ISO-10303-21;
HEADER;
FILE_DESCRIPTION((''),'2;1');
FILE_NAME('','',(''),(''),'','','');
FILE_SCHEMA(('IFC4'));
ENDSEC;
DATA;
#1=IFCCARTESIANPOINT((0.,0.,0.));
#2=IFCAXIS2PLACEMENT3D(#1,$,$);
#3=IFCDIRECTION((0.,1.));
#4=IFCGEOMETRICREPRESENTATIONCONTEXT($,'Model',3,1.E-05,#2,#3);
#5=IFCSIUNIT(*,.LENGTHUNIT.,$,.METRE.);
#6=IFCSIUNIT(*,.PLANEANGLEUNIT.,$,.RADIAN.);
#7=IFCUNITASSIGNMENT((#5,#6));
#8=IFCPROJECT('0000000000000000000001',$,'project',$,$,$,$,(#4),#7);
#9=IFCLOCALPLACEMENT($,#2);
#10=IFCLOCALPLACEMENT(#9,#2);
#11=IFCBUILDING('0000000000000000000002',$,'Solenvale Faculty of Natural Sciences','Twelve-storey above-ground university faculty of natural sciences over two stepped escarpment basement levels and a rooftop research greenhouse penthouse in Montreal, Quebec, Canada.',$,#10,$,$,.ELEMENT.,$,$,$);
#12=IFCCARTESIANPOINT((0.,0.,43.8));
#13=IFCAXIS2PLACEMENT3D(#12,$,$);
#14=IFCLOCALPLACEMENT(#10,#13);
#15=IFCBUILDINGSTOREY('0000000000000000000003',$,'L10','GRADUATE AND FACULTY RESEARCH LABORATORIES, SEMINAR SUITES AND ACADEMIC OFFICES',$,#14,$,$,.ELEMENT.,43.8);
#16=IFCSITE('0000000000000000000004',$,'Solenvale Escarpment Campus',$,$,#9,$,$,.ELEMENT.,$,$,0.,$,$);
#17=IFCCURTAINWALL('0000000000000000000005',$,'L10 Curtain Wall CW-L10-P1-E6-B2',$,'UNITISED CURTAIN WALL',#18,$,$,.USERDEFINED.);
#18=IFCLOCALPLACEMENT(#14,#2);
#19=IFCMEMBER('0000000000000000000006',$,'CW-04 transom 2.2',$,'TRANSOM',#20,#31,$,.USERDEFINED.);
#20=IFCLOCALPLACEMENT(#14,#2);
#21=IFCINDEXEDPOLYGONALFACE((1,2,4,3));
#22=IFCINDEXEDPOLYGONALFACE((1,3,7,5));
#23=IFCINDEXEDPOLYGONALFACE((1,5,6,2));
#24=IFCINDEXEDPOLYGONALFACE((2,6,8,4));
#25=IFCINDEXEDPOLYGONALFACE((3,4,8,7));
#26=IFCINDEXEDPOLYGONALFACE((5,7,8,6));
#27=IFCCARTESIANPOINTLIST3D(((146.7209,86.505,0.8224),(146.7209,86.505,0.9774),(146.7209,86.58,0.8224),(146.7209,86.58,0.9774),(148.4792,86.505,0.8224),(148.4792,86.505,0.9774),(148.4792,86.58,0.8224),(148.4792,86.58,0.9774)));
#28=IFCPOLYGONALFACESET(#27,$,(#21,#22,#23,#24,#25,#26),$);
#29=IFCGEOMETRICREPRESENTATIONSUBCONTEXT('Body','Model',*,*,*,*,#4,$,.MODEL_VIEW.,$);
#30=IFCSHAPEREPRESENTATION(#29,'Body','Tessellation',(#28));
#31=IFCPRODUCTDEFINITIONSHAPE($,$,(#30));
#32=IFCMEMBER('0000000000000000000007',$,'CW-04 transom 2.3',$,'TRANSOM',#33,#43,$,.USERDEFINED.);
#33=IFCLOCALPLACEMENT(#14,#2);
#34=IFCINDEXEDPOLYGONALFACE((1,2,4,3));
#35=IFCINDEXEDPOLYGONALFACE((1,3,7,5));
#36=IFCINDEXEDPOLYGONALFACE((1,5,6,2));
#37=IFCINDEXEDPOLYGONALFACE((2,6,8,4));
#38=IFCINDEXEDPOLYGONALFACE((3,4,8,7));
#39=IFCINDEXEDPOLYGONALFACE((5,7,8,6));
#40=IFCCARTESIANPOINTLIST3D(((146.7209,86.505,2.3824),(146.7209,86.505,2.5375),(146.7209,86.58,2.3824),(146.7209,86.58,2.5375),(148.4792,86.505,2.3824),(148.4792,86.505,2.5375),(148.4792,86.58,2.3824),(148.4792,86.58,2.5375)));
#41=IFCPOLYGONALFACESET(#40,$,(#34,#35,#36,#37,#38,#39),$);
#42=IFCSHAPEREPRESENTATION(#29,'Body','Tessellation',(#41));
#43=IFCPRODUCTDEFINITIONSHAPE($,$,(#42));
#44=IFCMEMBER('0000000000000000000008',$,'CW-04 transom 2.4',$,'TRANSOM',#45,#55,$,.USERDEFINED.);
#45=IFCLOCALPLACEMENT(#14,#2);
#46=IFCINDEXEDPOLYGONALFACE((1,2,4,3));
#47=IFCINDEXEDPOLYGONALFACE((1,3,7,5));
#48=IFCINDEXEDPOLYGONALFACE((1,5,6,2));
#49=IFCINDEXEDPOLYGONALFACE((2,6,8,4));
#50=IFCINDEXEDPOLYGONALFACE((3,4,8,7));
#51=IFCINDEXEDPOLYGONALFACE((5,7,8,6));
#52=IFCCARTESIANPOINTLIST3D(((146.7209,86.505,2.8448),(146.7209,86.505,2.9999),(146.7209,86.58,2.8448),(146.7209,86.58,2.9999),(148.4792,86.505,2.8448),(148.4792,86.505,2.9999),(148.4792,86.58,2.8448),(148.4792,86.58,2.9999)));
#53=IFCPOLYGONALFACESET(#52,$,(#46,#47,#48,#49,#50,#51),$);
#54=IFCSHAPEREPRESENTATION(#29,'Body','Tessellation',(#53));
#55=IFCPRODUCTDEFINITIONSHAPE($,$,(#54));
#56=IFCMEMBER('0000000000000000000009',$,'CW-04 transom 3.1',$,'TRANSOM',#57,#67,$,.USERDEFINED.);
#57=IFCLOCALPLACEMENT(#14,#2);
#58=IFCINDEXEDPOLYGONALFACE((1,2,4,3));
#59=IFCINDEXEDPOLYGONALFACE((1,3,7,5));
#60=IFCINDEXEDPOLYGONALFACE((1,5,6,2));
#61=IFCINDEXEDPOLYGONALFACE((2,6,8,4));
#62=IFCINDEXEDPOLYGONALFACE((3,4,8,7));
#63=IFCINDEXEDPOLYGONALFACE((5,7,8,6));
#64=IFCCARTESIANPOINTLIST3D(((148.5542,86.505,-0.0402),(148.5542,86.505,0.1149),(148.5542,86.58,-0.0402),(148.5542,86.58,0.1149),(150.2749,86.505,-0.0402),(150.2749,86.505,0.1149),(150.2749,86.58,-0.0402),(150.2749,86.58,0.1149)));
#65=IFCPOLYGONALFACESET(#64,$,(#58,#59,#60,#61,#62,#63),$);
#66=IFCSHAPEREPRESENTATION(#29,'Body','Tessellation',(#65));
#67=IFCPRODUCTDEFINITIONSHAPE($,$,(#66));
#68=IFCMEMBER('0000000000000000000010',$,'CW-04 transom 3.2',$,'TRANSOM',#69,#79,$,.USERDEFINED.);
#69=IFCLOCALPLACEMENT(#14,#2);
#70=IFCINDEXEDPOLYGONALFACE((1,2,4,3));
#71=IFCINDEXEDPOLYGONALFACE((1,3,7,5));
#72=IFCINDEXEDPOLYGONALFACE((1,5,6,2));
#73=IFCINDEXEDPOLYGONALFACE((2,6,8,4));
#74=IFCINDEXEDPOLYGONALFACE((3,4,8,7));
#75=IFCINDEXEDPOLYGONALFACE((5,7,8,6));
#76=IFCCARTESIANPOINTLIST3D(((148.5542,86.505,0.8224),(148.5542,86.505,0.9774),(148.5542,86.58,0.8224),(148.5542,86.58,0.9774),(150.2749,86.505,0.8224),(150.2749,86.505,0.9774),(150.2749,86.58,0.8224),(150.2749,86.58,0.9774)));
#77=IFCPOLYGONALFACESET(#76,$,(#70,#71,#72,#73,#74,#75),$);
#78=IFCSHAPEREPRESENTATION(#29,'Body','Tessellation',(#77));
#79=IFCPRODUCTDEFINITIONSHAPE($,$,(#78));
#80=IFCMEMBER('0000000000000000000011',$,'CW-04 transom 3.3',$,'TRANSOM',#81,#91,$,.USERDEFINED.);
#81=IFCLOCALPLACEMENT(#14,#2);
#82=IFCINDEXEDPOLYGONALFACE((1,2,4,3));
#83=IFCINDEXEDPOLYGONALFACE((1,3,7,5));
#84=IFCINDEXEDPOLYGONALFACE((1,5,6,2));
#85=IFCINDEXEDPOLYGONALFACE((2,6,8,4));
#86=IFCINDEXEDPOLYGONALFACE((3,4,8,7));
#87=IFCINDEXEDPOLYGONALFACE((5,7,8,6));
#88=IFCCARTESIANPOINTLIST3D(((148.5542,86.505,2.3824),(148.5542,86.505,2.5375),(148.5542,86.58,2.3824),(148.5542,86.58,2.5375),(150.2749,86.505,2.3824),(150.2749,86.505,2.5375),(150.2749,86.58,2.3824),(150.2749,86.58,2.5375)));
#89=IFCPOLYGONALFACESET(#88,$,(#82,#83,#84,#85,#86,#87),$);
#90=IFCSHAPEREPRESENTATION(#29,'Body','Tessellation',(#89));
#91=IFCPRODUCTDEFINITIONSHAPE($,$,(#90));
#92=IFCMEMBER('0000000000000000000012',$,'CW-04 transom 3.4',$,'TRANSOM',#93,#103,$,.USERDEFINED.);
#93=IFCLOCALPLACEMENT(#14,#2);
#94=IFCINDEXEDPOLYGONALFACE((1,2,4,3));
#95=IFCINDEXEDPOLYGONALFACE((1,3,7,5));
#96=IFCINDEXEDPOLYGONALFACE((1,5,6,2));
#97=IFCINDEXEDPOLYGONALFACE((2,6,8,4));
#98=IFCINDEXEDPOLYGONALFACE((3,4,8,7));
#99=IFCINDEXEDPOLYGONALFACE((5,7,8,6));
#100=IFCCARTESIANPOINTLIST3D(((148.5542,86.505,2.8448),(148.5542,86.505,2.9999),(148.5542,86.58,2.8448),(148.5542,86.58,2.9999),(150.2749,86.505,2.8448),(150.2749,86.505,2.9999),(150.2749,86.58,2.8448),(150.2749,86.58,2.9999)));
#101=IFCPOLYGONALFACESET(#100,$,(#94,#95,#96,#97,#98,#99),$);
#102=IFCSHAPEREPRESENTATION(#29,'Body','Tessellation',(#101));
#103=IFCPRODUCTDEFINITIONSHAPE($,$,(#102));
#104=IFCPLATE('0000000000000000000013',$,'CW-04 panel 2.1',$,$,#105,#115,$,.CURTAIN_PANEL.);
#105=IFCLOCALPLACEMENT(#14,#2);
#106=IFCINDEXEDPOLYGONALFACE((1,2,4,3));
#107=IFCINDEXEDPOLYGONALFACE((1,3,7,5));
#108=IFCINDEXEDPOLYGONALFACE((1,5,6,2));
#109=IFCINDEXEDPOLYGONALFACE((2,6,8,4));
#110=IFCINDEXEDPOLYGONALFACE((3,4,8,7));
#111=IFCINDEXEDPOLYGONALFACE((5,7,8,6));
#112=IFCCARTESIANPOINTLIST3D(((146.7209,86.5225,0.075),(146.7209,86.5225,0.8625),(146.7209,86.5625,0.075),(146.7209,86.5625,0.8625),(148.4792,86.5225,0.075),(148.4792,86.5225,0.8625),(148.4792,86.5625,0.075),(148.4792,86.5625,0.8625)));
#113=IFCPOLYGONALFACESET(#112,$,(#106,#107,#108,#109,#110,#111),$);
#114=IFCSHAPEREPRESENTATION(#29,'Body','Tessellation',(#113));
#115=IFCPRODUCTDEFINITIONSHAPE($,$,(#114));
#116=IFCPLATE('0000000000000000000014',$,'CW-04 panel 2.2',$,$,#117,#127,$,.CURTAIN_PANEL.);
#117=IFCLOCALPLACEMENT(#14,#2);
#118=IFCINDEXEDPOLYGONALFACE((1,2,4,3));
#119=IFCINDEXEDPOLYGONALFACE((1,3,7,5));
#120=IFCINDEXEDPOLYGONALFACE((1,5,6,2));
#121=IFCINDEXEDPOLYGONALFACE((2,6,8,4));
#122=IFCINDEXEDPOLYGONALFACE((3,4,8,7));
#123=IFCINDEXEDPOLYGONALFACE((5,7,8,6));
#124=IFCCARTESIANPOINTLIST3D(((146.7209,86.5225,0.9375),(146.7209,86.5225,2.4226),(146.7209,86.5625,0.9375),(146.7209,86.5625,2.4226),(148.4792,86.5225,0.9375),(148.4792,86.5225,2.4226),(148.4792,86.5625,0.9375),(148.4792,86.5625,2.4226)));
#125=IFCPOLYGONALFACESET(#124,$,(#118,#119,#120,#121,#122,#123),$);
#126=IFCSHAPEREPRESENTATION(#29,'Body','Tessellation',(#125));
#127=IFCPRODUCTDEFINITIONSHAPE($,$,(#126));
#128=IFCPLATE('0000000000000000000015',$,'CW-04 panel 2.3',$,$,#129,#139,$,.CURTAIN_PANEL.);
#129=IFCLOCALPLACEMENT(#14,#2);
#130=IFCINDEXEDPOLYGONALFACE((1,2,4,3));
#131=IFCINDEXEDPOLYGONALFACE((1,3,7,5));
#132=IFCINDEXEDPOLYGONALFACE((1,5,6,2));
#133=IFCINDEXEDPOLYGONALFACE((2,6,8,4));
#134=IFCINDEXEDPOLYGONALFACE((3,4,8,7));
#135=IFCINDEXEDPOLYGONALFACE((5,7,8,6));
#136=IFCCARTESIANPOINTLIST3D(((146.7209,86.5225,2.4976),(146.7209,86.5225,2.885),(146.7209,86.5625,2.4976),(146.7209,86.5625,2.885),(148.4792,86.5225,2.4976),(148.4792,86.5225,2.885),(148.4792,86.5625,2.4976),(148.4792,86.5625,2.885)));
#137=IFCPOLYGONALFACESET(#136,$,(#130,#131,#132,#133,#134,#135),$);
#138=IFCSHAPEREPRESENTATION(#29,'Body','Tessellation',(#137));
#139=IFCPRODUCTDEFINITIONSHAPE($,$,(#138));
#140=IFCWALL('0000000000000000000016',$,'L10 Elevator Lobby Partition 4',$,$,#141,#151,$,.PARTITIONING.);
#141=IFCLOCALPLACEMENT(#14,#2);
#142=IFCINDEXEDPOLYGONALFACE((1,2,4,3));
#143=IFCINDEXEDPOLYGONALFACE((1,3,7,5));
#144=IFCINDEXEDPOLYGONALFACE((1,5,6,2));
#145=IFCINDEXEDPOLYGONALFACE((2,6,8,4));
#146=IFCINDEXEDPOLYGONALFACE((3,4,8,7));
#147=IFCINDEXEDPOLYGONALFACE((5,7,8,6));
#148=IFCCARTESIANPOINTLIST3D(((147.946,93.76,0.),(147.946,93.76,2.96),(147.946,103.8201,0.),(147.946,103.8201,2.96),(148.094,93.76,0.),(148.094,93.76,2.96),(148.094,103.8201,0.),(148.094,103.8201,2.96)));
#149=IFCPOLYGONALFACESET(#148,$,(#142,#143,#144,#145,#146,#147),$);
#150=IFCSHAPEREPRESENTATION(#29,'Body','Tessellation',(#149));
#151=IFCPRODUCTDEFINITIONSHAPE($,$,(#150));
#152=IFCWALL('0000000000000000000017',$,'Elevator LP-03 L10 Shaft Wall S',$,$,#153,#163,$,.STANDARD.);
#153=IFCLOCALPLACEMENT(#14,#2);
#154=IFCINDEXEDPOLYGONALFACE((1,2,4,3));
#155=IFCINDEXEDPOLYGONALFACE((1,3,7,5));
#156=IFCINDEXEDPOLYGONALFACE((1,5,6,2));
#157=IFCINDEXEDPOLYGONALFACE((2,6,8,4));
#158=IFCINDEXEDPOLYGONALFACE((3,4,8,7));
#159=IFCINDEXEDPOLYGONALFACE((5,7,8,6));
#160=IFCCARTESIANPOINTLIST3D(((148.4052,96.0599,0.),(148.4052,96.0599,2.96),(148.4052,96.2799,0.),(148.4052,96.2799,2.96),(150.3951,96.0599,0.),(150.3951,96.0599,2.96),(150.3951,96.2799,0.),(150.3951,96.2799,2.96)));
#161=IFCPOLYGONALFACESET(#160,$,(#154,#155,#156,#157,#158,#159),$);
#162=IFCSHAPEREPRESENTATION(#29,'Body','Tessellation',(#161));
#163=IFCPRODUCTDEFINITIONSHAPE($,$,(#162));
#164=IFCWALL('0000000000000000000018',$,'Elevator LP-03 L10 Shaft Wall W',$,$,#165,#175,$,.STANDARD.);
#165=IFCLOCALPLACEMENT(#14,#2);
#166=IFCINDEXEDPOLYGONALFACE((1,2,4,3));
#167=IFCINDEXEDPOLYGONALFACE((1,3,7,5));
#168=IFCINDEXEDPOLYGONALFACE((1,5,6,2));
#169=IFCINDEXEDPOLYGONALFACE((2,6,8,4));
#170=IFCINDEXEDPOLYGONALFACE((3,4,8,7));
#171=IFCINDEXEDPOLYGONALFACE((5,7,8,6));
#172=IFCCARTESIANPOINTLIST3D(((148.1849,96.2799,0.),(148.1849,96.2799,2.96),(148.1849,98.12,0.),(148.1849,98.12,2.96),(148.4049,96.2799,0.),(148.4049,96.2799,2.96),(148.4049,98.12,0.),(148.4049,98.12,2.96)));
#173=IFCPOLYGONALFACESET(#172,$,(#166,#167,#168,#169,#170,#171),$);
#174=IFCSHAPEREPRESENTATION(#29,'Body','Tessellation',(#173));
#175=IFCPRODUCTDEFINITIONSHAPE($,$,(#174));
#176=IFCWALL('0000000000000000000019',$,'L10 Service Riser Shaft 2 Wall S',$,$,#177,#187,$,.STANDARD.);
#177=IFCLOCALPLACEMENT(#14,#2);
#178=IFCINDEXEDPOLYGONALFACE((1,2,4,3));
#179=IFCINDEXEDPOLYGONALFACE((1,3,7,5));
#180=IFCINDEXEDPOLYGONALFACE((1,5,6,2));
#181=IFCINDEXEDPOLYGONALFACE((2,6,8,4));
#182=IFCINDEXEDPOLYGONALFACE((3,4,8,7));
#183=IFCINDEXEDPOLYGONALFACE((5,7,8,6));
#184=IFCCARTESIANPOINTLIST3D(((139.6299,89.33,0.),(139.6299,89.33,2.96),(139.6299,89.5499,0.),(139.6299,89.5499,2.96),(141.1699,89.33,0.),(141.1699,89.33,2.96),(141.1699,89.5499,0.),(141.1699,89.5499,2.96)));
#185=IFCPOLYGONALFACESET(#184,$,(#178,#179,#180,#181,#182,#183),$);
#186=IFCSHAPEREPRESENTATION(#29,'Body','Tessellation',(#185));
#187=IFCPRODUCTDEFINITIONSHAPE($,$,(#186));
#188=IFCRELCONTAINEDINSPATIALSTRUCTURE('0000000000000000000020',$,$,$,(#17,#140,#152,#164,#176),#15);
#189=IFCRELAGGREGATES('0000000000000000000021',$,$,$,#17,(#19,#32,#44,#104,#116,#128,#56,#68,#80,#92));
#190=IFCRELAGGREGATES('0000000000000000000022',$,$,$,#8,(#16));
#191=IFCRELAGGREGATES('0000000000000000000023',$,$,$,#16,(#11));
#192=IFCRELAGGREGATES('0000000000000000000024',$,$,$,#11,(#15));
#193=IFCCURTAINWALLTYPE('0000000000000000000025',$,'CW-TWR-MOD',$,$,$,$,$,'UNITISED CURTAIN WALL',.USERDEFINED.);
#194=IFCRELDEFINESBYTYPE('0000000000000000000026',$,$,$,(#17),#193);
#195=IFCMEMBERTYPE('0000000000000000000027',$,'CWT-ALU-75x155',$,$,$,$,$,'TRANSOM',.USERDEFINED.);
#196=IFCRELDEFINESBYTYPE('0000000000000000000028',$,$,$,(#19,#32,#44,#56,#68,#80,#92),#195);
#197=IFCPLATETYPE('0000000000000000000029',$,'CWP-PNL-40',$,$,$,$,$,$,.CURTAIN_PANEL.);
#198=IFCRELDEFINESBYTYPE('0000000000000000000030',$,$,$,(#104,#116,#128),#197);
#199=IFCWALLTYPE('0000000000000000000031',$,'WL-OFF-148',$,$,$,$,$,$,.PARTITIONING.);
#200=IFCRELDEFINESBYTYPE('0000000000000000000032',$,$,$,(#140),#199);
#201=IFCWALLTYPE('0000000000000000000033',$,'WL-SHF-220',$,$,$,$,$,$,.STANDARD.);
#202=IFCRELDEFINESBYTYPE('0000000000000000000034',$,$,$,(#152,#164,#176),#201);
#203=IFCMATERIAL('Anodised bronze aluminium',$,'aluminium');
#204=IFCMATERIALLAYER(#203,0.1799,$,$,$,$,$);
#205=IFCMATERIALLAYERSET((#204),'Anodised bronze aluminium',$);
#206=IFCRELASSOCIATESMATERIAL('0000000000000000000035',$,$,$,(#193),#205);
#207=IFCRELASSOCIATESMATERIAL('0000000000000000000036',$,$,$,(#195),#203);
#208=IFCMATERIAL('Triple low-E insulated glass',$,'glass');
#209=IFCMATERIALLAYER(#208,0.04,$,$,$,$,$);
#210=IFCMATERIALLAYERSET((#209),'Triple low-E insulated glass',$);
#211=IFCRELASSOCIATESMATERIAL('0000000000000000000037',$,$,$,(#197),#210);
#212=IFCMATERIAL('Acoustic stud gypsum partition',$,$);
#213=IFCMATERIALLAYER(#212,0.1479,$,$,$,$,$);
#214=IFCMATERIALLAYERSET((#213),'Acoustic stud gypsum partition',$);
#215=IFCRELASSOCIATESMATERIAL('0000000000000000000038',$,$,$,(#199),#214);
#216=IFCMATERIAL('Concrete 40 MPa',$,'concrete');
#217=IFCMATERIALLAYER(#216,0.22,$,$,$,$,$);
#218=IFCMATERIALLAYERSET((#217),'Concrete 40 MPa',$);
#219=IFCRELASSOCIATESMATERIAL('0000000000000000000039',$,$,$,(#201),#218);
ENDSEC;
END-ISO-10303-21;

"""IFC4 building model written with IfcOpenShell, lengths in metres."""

from ifc_helpers import new_model, si_unit, direction, frame, frame_2d, origin, origin_2d, place, context, subcontext, project, spatial, rectangle, extrude, material, layer, layer_set, material_profile, profile_set, type_object, element, aggregate, save


model = new_model("IFC4")

# Units and contexts
model_context = context("Model", 3, precision=1e-05, world=origin(), true_north=direction((0.0, 1.0)))
body_context = subcontext(model_context, "Body", "Model", "MODEL_VIEW")
ifc_project = project(units=[si_unit("LENGTHUNIT", "METRE"), si_unit("PLANEANGLEUNIT", "RADIAN")], contexts=[model_context])

# Site, building, storey
site_placement = place(None, origin())
site = spatial("IfcSite", under=ifc_project, at=site_placement, Name="Solenvale Escarpment Campus", CompositionType="ELEMENT", RefElevation=0.0)
building_placement = place(site_placement, origin())
building = spatial("IfcBuilding", under=site, at=building_placement, Name="Solenvale Faculty of Natural Sciences", Description="Twelve-storey above-ground university faculty of natural sciences over two stepped escarpment basement levels and a rooftop research greenhouse penthouse in Montreal, Quebec, Canada.", CompositionType="ELEMENT")
storey_placement = place(building_placement, frame((0.0, 0.0, 43.8)))
storey = spatial("IfcBuildingStorey", under=building, at=storey_placement, Name="L10", Description="GRADUATE AND FACULTY RESEARCH LABORATORIES, SEMINAR SUITES AND ACADEMIC OFFICES", CompositionType="ELEMENT", Elevation=43.8)

# Shared definitions
ifc_material_1 = material(Name="Concrete 40 MPa", Category="concrete")

# Curtain wall, members, plates
ifc_material_2 = material(Name="Anodised bronze aluminium", Category="aluminium")
ifc_layer_1 = layer(ifc_material_2, 0.1799)
ifc_layer_set_1 = layer_set([ifc_layer_1], Name="Anodised bronze aluminium")
curtain_wall_type = type_object("IfcCurtainWallType", Name="CW-TWR-MOD", ElementType="UNITISED CURTAIN WALL", PredefinedType="USERDEFINED", material=ifc_layer_set_1)
curtain_wall_placement = place(storey_placement, origin())
curtain_wall = element("IfcCurtainWall", 1, at=curtain_wall_placement, inside=storey, type_object=curtain_wall_type, Name="L10 Curtain Wall CW-L10-P1-E6-B2", ObjectType="UNITISED CURTAIN WALL", PredefinedType="USERDEFINED")
ifc_material_profile_1 = material_profile(ifc_material_2, rectangle(XDim=0.075, YDim=0.155, at=origin_2d()), Name="ALU-TRN-75x155")
ifc_profile_set_1 = profile_set([ifc_material_profile_1], Name="Anodised bronze aluminium")
member_type_1 = type_object("IfcMemberType", Name="CWT-ALU-75x155", ElementType="TRANSOM", PredefinedType="USERDEFINED", material=ifc_profile_set_1)
member_1_placement = place(storey_placement, frame((146.7209, 86.5425, 0.8999), z_axis=(1.0, 0.0, 0.0), x_axis=(0.0, 1.0, 0.0)))
member_1 = element("IfcMember", 2, at=member_1_placement, type_object=member_type_1, Name="CW-04 transom 2.2", ObjectType="TRANSOM", PredefinedType="USERDEFINED", context=body_context, shape_type="SweptSolid", body=[
    extrude(rectangle(XDim=0.075, YDim=0.155, at=origin_2d()), origin(), (0.0, 0.0, 1.0), 1.7583),
])
member_2_placement = place(storey_placement, frame((146.7209, 86.5425, 2.46), z_axis=(1.0, 0.0, 0.0), x_axis=(0.0, 1.0, 0.0)))
member_2 = element("IfcMember", 3, at=member_2_placement, type_object=member_type_1, Name="CW-04 transom 2.3", ObjectType="TRANSOM", PredefinedType="USERDEFINED", context=body_context, shape_type="SweptSolid", body=[
    extrude(rectangle(XDim=0.075, YDim=0.155, at=origin_2d()), origin(), (0.0, 0.0, 1.0), 1.7583),
])
member_3_placement = place(storey_placement, frame((146.7209, 86.5425, 2.9224), z_axis=(1.0, 0.0, 0.0), x_axis=(0.0, 1.0, 0.0)))
member_3 = element("IfcMember", 4, at=member_3_placement, type_object=member_type_1, Name="CW-04 transom 2.4", ObjectType="TRANSOM", PredefinedType="USERDEFINED", context=body_context, shape_type="SweptSolid", body=[
    extrude(rectangle(XDim=0.075, YDim=0.155, at=origin_2d()), origin(), (0.0, 0.0, 1.0), 1.7583),
])
member_4_placement = place(storey_placement, frame((148.5542, 86.5425, 0.0374), z_axis=(1.0, 0.0, 0.0), x_axis=(0.0, 1.0, 0.0)))
member_4 = element("IfcMember", 5, at=member_4_placement, type_object=member_type_1, Name="CW-04 transom 3.1", ObjectType="TRANSOM", PredefinedType="USERDEFINED", context=body_context, shape_type="SweptSolid", body=[
    extrude(rectangle(XDim=0.075, YDim=0.155, at=origin_2d()), origin(), (0.0, 0.0, 1.0), 1.7207),
])
member_5_placement = place(storey_placement, frame((148.5542, 86.5425, 0.8999), z_axis=(1.0, 0.0, 0.0), x_axis=(0.0, 1.0, 0.0)))
member_5 = element("IfcMember", 6, at=member_5_placement, type_object=member_type_1, Name="CW-04 transom 3.2", ObjectType="TRANSOM", PredefinedType="USERDEFINED", context=body_context, shape_type="SweptSolid", body=[
    extrude(rectangle(XDim=0.075, YDim=0.155, at=origin_2d()), origin(), (0.0, 0.0, 1.0), 1.7207),
])
member_6_placement = place(storey_placement, frame((148.5542, 86.5425, 2.46), z_axis=(1.0, 0.0, 0.0), x_axis=(0.0, 1.0, 0.0)))
member_6 = element("IfcMember", 7, at=member_6_placement, type_object=member_type_1, Name="CW-04 transom 3.3", ObjectType="TRANSOM", PredefinedType="USERDEFINED", context=body_context, shape_type="SweptSolid", body=[
    extrude(rectangle(XDim=0.075, YDim=0.155, at=origin_2d()), origin(), (0.0, 0.0, 1.0), 1.7207),
])
member_7_placement = place(storey_placement, frame((148.5542, 86.5425, 2.9224), z_axis=(1.0, 0.0, 0.0), x_axis=(0.0, 1.0, 0.0)))
member_7 = element("IfcMember", 8, at=member_7_placement, type_object=member_type_1, Name="CW-04 transom 3.4", ObjectType="TRANSOM", PredefinedType="USERDEFINED", context=body_context, shape_type="SweptSolid", body=[
    extrude(rectangle(XDim=0.075, YDim=0.155, at=origin_2d()), origin(), (0.0, 0.0, 1.0), 1.7207),
])
ifc_material_3 = material(Name="Triple low-E insulated glass", Category="glass")
ifc_layer_2 = layer(ifc_material_3, 0.04)
ifc_layer_set_2 = layer_set([ifc_layer_2], Name="Triple low-E insulated glass")
plate_type = type_object("IfcPlateType", Name="CWP-PNL-40", PredefinedType="CURTAIN_PANEL", material=ifc_layer_set_2)
plate_1_placement = place(storey_placement, frame((147.6001, 86.5425, 0.075), z_axis=(0.0, 0.0, 1.0), x_axis=(1.0, 0.0, 0.0)))
plate_1 = element("IfcPlate", 9, at=plate_1_placement, type_object=plate_type, Name="CW-04 panel 2.1", PredefinedType="CURTAIN_PANEL", context=body_context, shape_type="SweptSolid", body=[
    extrude(rectangle(XDim=1.7583, YDim=0.04, at=origin_2d()), origin(), (0.0, 0.0, 1.0), 0.7876),
])
plate_2_placement = place(storey_placement, frame((147.6001, 86.5425, 0.9375), z_axis=(0.0, 0.0, 1.0), x_axis=(1.0, 0.0, 0.0)))
plate_2 = element("IfcPlate", 10, at=plate_2_placement, type_object=plate_type, Name="CW-04 panel 2.2", PredefinedType="CURTAIN_PANEL", context=body_context, shape_type="SweptSolid", body=[
    extrude(rectangle(XDim=1.7583, YDim=0.04, at=origin_2d()), origin(), (0.0, 0.0, 1.0), 1.4851),
])
plate_3_placement = place(storey_placement, frame((147.6001, 86.5425, 2.4976), z_axis=(0.0, 0.0, 1.0), x_axis=(1.0, 0.0, 0.0)))
plate_3 = element("IfcPlate", 11, at=plate_3_placement, type_object=plate_type, Name="CW-04 panel 2.3", PredefinedType="CURTAIN_PANEL", context=body_context, shape_type="SweptSolid", body=[
    extrude(rectangle(XDim=1.7583, YDim=0.04, at=origin_2d()), origin(), (0.0, 0.0, 1.0), 0.3875),
])
aggregate(curtain_wall, [member_1, member_2, member_3, plate_1, plate_2, plate_3, member_4, member_5, member_6, member_7])

# Wall
ifc_material_4 = material(Name="Acoustic stud gypsum partition")
ifc_layer_3 = layer(ifc_material_4, 0.1479)
ifc_layer_set_3 = layer_set([ifc_layer_3], Name="Acoustic stud gypsum partition")
wall_type_1 = type_object("IfcWallType", Name="WL-OFF-148", PredefinedType="PARTITIONING", material=ifc_layer_set_3)
wall_1_placement = place(storey_placement, frame((148.02, 93.76, 0.0), z_axis=(0.0, 0.0, 1.0), x_axis=(0.0, 1.0, 0.0)))
element("IfcWall", 12, at=wall_1_placement, inside=storey, type_object=wall_type_1, Name="L10 Elevator Lobby Partition 4", PredefinedType="PARTITIONING", context=body_context, shape_type="SweptSolid", body=[
    extrude(rectangle(XDim=10.0601, YDim=0.1479, at=frame_2d((5.03, 0.0))), origin(), (0.0, 0.0, 1.0), 2.96),
])

# Walls
ifc_layer_4 = layer(ifc_material_1, 0.22)
ifc_layer_set_4 = layer_set([ifc_layer_4], Name="Concrete 40 MPa")
wall_type_2 = type_object("IfcWallType", Name="WL-SHF-220", PredefinedType="STANDARD", material=ifc_layer_set_4)
wall_2_placement = place(storey_placement, frame((148.405, 96.1699, 0.0), z_axis=(0.0, 0.0, 1.0), x_axis=(1.0, 0.0, 0.0)))
element("IfcWall", 13, at=wall_2_placement, inside=storey, type_object=wall_type_2, Name="Elevator LP-03 L10 Shaft Wall S", PredefinedType="STANDARD", context=body_context, shape_type="SweptSolid", body=[
    extrude(rectangle(XDim=1.99, YDim=0.22, at=frame_2d((0.9951, 0.0))), origin(), (0.0, 0.0, 1.0), 2.96),
])
wall_3_placement = place(storey_placement, frame((148.2949, 96.28, 0.0), z_axis=(0.0, 0.0, 1.0), x_axis=(0.0, 1.0, 0.0)))
element("IfcWall", 14, at=wall_3_placement, inside=storey, type_object=wall_type_2, Name="Elevator LP-03 L10 Shaft Wall W", PredefinedType="STANDARD", context=body_context, shape_type="SweptSolid", body=[
    extrude(rectangle(XDim=1.8401, YDim=0.22, at=frame_2d((0.9199, 0.0))), origin(), (0.0, 0.0, 1.0), 2.96),
])
for number, where, z_axis, x_axis, name in (
    (15, (139.6299, 89.4399, 0.0), (0.0, 0.0, 1.0), (1.0, 0.0, 0.0), "L10 Service Riser Shaft 2 Wall S"),
):
    element("IfcWall", number, at=place(storey_placement, frame(where, z_axis=z_axis, x_axis=x_axis)), inside=storey, type_object=wall_type_2, Name=name, PredefinedType="STANDARD", context=body_context, shape_type="SweptSolid", body=[
        extrude(rectangle(XDim=1.54, YDim=0.22, at=frame_2d((0.77, 0.0))), origin(), (0.0, 0.0, 1.0), 2.96),
    ])

save(model, "model.ifc")
